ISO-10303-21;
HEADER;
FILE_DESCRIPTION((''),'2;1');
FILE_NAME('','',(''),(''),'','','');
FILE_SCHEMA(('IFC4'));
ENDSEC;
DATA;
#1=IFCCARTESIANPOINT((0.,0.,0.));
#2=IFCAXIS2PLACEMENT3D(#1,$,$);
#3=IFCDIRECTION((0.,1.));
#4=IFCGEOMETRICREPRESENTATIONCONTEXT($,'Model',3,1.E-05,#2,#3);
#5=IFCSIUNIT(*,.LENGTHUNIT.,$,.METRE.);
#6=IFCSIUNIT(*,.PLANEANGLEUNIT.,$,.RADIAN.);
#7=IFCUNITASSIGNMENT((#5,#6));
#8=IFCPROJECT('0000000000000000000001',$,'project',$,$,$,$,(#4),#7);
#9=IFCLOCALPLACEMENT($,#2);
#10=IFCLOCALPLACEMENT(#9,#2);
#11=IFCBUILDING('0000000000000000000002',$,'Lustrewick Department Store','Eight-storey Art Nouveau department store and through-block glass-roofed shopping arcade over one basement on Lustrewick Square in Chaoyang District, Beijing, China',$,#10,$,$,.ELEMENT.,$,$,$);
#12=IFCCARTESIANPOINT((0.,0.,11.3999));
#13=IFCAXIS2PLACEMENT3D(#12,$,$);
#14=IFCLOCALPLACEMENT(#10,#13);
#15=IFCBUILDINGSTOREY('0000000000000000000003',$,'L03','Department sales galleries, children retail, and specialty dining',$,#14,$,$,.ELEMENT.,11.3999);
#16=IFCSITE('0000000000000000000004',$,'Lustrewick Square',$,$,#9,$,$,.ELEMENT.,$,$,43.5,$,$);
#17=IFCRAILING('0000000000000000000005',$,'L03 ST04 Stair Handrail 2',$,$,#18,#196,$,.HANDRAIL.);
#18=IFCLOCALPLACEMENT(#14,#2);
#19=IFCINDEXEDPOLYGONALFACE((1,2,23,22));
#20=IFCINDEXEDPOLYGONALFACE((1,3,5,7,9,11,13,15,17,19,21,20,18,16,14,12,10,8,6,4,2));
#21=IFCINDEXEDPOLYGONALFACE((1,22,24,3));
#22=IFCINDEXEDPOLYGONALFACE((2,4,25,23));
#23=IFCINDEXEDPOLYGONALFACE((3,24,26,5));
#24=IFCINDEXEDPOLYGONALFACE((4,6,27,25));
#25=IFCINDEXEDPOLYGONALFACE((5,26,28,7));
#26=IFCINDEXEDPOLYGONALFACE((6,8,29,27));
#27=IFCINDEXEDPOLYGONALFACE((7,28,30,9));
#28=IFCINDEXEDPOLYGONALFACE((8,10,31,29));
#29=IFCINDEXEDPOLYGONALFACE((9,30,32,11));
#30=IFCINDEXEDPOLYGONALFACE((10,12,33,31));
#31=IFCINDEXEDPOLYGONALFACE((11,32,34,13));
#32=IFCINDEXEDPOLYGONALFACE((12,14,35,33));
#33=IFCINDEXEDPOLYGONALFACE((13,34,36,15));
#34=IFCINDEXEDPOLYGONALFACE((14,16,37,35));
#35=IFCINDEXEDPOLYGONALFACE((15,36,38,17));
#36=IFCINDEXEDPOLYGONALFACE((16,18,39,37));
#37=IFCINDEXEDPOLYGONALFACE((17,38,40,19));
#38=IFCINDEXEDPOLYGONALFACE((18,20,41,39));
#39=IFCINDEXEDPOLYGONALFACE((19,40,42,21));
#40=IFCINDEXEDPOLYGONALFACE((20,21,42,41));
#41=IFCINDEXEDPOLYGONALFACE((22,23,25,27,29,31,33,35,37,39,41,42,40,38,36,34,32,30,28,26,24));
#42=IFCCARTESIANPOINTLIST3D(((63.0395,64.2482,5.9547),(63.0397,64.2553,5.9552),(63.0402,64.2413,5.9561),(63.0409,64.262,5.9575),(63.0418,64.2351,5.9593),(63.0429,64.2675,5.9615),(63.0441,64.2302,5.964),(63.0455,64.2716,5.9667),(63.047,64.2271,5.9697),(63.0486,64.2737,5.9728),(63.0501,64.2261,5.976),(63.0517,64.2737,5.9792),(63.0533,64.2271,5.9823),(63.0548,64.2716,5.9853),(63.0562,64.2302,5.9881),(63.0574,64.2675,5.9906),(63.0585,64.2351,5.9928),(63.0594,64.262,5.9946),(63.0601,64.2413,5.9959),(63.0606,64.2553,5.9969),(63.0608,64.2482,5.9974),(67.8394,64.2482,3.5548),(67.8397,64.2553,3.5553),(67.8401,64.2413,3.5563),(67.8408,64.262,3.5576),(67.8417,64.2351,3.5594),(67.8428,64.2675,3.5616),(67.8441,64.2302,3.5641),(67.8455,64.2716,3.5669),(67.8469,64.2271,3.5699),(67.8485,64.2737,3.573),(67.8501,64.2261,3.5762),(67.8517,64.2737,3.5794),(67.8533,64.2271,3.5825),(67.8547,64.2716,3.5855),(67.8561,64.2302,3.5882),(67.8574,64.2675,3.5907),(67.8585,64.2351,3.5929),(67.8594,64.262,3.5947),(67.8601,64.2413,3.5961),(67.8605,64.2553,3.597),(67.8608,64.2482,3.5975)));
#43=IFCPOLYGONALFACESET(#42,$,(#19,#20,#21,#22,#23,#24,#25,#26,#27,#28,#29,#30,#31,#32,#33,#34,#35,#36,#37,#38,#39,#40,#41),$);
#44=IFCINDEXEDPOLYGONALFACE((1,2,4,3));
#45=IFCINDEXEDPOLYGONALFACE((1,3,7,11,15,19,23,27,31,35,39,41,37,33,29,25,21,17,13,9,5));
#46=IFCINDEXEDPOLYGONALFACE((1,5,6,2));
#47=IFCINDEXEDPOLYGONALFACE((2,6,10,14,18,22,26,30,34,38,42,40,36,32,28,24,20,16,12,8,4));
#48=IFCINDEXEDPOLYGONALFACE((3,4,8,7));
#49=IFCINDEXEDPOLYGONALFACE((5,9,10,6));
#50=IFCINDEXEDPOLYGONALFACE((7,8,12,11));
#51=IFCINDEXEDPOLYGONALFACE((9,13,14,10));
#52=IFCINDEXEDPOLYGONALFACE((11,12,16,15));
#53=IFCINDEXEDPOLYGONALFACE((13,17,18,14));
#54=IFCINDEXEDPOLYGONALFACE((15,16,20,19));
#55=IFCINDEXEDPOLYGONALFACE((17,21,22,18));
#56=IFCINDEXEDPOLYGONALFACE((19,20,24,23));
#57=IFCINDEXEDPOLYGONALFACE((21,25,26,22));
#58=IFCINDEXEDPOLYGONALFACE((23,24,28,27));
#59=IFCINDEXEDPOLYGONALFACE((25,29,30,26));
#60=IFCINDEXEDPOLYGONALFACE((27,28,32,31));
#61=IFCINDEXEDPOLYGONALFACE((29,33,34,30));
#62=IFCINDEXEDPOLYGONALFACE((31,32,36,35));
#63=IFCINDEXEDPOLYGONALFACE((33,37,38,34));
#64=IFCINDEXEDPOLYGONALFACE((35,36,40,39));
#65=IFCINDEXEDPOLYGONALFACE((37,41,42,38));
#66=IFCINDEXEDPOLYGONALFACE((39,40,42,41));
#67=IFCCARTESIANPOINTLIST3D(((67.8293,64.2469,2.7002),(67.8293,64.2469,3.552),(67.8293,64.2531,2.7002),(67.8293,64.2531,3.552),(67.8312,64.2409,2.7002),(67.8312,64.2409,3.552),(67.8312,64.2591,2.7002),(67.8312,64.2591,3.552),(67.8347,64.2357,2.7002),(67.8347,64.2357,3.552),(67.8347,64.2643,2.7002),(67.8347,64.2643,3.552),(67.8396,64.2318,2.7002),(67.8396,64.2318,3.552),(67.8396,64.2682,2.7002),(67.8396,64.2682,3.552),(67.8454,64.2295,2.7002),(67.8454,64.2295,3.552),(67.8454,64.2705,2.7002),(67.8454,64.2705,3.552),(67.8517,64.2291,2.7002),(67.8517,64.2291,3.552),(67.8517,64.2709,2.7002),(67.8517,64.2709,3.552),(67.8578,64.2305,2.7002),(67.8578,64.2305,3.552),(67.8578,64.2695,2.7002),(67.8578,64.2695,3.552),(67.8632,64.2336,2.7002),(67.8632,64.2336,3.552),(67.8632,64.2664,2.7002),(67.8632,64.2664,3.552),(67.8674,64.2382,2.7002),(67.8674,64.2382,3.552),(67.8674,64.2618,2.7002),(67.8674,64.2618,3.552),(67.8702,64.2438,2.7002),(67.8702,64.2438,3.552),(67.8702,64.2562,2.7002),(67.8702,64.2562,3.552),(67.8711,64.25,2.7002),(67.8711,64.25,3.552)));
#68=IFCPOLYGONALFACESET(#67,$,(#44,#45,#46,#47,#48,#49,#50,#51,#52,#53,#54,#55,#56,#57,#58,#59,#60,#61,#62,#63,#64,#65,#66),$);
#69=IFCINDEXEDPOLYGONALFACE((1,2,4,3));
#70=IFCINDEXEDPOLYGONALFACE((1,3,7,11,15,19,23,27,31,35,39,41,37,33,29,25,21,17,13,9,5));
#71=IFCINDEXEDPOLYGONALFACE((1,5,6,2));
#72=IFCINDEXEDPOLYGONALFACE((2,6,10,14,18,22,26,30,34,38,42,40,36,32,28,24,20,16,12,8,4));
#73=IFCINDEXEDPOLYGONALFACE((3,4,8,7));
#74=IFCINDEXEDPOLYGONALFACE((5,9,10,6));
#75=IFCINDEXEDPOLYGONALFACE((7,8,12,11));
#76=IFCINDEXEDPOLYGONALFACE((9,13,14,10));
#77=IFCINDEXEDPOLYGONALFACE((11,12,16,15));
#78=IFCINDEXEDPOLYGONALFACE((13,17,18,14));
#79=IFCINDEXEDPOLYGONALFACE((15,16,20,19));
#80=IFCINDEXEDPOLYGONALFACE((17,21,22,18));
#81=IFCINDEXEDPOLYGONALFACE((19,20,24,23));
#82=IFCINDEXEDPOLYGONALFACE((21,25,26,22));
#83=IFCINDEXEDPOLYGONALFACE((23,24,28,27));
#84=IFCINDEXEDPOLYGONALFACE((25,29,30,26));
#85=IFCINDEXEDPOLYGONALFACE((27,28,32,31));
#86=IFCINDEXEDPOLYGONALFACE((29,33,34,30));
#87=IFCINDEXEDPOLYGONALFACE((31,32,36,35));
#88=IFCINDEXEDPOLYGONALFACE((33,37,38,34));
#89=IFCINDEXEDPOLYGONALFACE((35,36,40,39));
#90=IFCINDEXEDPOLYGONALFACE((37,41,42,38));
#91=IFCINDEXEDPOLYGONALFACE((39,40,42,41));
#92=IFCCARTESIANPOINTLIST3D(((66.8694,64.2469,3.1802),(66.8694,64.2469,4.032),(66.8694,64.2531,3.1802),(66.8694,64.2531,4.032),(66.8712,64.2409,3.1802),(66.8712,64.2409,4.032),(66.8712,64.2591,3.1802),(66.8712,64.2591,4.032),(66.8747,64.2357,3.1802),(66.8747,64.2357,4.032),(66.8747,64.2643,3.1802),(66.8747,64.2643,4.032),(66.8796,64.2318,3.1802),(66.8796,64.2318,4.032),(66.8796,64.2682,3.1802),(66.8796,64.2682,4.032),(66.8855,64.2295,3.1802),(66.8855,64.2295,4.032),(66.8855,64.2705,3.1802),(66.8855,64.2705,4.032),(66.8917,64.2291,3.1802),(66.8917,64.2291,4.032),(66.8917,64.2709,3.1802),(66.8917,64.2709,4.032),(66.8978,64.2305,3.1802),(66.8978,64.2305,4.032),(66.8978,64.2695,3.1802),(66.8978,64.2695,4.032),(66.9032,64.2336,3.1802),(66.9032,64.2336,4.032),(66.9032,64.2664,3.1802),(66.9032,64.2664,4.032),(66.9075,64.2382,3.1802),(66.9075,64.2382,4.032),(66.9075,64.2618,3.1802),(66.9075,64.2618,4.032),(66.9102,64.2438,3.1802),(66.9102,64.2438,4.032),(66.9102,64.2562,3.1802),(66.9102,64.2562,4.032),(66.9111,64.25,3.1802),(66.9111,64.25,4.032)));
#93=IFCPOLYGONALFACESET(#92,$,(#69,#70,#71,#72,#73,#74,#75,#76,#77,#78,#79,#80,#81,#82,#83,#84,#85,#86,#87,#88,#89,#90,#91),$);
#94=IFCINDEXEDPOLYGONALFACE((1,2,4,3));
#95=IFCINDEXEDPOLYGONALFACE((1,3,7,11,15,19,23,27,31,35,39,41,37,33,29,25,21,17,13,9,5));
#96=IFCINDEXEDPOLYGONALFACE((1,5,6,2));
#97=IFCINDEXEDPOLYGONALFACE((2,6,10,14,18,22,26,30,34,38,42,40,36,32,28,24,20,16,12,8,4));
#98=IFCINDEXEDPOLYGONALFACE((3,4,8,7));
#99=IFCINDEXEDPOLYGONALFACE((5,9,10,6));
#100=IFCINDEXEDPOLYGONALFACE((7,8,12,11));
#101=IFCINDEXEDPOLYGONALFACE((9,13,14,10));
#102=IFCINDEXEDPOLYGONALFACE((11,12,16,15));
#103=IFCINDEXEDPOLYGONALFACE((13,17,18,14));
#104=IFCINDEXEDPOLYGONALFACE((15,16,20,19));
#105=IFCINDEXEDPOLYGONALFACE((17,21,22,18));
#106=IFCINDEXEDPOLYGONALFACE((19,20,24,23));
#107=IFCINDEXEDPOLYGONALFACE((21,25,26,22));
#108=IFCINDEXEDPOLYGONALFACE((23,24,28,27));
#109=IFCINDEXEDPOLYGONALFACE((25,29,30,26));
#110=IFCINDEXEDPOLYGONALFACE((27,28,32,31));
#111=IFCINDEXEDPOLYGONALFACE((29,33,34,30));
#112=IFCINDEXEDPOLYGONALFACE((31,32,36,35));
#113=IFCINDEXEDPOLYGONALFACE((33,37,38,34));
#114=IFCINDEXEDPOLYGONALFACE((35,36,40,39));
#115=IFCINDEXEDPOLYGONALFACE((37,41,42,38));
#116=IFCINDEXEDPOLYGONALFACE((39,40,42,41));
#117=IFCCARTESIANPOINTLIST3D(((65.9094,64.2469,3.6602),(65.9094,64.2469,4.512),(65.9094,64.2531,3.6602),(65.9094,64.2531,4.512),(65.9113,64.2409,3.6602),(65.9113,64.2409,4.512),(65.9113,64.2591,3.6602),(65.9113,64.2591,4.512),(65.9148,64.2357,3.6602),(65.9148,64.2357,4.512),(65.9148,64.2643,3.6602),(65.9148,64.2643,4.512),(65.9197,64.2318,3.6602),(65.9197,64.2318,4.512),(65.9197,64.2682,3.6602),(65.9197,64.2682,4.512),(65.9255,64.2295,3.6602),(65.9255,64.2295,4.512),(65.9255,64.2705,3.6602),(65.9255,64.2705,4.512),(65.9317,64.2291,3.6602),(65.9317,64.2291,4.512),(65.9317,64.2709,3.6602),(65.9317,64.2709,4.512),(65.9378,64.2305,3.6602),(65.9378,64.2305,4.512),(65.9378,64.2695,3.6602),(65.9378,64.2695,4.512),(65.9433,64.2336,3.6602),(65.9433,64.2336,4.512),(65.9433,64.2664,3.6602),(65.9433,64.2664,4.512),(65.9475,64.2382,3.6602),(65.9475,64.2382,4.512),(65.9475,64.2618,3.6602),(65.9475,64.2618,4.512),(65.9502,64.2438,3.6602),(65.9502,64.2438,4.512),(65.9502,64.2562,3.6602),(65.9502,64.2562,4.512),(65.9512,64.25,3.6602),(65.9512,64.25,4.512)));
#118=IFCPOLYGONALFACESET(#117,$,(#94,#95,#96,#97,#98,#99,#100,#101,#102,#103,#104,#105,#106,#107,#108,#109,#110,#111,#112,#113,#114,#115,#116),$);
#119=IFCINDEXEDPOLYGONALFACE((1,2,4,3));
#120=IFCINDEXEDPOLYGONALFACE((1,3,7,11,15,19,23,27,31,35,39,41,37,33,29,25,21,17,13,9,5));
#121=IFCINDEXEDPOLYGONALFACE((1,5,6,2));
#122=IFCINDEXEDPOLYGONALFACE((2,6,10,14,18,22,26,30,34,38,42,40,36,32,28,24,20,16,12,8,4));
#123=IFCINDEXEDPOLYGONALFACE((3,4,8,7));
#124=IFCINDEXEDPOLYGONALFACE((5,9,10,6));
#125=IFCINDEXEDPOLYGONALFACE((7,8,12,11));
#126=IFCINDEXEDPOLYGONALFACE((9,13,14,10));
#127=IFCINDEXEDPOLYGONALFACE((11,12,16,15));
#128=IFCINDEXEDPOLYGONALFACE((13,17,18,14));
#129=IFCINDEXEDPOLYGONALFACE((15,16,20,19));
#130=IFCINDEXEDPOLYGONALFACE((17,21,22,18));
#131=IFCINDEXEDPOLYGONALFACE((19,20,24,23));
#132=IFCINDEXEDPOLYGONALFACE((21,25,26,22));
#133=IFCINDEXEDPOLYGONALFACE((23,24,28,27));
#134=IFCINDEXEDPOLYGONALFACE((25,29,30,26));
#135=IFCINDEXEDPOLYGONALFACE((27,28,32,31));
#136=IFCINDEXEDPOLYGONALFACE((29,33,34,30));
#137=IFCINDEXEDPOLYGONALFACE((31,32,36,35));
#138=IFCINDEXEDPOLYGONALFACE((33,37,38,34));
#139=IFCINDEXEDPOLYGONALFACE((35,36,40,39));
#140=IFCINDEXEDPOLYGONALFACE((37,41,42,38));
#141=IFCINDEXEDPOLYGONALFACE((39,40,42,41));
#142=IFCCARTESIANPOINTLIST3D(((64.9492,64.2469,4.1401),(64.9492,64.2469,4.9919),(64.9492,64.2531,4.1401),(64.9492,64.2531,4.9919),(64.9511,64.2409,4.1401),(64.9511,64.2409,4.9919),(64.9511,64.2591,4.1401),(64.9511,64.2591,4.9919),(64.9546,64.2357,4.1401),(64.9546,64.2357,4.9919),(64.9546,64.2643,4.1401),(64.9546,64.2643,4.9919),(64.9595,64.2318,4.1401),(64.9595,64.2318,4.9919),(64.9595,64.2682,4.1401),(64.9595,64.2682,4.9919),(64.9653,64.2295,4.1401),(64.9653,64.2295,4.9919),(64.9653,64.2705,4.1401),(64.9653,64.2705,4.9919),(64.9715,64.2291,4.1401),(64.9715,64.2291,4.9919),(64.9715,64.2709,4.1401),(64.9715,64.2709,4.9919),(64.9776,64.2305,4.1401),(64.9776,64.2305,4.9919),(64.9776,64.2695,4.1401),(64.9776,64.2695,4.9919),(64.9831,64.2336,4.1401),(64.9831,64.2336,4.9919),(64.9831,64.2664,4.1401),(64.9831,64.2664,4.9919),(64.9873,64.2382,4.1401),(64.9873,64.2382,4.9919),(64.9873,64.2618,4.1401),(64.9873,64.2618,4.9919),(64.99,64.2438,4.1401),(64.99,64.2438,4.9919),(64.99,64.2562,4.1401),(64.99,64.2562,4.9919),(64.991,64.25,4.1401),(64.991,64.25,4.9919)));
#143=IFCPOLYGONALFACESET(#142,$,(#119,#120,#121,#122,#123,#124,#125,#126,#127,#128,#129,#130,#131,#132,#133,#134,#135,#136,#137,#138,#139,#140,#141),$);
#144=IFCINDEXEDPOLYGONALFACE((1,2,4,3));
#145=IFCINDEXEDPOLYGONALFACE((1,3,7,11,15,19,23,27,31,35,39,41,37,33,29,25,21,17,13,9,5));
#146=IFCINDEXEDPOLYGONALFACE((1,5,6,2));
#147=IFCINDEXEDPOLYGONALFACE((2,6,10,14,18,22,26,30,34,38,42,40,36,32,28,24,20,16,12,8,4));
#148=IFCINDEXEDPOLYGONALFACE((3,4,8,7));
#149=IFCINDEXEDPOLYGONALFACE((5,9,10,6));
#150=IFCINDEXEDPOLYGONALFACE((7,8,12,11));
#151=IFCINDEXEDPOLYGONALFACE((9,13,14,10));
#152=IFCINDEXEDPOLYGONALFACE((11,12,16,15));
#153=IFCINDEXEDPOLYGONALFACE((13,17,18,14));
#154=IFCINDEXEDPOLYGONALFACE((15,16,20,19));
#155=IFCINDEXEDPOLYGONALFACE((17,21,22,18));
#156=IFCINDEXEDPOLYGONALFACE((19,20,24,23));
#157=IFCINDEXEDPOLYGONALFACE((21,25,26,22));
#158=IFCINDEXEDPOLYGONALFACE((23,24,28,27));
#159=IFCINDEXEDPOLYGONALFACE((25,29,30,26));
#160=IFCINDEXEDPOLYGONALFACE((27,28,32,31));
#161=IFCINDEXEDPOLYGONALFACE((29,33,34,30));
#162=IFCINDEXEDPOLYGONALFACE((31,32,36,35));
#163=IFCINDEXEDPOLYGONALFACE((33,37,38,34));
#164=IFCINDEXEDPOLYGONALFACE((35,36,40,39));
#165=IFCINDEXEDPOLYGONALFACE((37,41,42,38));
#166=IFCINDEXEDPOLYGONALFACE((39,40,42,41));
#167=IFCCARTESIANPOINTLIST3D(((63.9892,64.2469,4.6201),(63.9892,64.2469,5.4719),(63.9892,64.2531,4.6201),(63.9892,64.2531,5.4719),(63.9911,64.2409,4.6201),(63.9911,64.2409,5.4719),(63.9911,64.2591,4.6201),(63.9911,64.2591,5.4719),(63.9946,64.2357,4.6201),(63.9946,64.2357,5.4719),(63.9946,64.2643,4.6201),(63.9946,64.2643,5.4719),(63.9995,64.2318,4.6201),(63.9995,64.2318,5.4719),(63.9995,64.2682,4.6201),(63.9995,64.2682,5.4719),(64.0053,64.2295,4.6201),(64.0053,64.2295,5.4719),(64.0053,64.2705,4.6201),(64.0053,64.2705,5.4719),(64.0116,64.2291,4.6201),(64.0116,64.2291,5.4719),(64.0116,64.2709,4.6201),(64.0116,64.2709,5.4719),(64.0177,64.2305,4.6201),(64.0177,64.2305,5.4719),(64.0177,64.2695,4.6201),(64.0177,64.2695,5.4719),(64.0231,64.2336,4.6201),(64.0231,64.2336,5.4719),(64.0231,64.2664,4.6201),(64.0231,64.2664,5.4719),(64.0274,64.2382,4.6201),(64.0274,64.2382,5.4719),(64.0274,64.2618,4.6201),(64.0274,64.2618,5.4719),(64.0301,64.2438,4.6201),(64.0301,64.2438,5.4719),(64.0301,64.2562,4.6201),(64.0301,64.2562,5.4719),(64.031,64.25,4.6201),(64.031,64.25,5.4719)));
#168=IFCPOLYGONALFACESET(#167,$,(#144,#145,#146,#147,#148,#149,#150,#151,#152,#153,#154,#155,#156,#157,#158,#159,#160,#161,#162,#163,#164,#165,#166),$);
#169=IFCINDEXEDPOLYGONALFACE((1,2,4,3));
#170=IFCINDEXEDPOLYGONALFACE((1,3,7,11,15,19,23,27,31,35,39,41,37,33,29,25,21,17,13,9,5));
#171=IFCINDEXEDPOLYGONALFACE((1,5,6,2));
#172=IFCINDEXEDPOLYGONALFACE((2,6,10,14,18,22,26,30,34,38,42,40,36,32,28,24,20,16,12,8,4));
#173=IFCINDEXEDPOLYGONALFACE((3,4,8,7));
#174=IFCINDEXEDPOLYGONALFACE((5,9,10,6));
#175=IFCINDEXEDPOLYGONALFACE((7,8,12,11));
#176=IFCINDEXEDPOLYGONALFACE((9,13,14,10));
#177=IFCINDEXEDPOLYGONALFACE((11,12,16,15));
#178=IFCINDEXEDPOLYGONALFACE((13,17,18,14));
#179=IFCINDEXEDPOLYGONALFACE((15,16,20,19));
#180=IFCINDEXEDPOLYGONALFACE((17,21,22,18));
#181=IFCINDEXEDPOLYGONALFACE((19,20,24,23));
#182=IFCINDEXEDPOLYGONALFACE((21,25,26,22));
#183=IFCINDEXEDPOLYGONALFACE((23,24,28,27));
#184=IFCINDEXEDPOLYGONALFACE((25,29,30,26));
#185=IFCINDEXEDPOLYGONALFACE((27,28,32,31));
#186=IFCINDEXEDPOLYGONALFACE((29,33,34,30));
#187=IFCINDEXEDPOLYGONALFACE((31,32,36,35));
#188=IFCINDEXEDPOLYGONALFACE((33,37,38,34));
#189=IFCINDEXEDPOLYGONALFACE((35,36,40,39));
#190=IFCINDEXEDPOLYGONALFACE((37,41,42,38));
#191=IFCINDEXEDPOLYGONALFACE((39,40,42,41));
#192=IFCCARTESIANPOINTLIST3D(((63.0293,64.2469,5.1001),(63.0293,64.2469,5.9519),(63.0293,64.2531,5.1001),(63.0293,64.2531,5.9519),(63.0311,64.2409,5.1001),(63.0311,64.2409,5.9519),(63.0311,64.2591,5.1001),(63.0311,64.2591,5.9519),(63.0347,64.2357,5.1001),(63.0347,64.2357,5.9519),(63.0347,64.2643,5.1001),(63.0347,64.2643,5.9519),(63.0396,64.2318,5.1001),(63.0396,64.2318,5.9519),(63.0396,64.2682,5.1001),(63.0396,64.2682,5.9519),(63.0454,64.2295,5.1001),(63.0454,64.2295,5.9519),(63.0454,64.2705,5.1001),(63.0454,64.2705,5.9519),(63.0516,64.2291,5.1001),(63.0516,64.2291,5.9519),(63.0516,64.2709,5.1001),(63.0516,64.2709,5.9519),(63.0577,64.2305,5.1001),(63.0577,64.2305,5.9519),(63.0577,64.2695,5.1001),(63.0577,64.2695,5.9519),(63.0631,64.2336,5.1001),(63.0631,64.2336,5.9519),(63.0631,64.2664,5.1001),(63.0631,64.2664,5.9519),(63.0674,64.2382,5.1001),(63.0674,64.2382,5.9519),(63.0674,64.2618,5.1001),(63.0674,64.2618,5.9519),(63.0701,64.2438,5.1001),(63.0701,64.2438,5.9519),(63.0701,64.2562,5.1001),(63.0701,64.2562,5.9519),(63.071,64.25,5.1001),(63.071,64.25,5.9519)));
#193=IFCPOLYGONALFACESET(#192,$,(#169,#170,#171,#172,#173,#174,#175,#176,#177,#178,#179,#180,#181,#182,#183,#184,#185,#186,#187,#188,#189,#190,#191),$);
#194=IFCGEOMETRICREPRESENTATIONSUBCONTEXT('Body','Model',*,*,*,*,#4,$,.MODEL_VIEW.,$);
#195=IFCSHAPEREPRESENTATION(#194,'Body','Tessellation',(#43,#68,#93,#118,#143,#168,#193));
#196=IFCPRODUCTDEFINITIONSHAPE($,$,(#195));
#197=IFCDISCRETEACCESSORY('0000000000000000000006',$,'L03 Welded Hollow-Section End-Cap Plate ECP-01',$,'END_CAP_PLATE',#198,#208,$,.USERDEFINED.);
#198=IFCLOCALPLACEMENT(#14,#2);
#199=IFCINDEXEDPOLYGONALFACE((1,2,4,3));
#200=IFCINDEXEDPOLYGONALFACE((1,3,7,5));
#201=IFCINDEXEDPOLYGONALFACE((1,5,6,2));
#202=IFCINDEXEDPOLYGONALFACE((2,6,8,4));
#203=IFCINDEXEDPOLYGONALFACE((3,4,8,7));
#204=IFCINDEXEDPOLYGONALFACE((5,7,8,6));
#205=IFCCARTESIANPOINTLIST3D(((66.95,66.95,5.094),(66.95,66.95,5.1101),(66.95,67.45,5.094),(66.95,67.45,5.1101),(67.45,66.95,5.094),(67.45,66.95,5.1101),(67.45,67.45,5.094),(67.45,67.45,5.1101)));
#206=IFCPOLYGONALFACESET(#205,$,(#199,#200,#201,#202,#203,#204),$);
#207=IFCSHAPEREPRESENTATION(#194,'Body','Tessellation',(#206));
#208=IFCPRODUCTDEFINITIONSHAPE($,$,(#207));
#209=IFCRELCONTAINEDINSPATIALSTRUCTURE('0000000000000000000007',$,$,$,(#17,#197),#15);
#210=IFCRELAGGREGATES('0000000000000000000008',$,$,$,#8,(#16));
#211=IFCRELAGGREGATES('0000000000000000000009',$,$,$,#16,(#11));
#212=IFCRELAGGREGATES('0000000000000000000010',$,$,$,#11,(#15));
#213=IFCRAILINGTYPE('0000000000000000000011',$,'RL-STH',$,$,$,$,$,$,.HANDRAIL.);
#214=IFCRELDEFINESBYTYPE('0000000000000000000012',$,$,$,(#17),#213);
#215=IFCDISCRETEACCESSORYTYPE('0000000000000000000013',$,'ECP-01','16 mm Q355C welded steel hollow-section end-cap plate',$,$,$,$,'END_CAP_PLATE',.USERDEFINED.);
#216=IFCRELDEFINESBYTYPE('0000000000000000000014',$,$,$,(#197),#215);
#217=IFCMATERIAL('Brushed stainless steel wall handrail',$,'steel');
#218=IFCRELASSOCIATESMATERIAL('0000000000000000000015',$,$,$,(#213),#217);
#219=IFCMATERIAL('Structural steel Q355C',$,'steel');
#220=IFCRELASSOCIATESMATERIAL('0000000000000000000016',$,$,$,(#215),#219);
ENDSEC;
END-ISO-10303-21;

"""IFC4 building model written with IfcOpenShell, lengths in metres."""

from ifc_helpers import new_model, si_unit, direction, frame, origin, origin_2d, place, context, subcontext, project, spatial, rectangle, circle, extrude, material, type_object, element, save


model = new_model("IFC4")

# Units and contexts
model_context = context("Model", 3, precision=1e-05, world=origin(), true_north=direction((0.0, 1.0)))
body_context = subcontext(model_context, "Body", "Model", "MODEL_VIEW")
ifc_project = project(units=[si_unit("LENGTHUNIT", "METRE"), si_unit("PLANEANGLEUNIT", "RADIAN")], contexts=[model_context])

# Site, building, storey
site_placement = place(None, origin())
site = spatial("IfcSite", under=ifc_project, at=site_placement, Name="Lustrewick Square", CompositionType="ELEMENT", RefElevation=43.5)
building_placement = place(site_placement, origin())
building = spatial("IfcBuilding", under=site, at=building_placement, Name="Lustrewick Department Store", Description="Eight-storey Art Nouveau department store and through-block glass-roofed shopping arcade over one basement on Lustrewick Square in Chaoyang District, Beijing, China", CompositionType="ELEMENT")
storey_placement = place(building_placement, frame((0.0, 0.0, 11.3999)))
storey = spatial("IfcBuildingStorey", under=building, at=storey_placement, Name="L03", Description="Department sales galleries, children retail, and specialty dining", CompositionType="ELEMENT", Elevation=11.3999)

# Shared definitions
ifc_material_1 = material(Name="Structural steel Q355C", Category="steel")

# Railing
ifc_material_2 = material(Name="Brushed stainless steel wall handrail", Category="steel")
railing_type_1 = type_object("IfcRailingType", Name="RL-STH", PredefinedType="HANDRAIL", material=ifc_material_2)
railing_1_placement = place(storey_placement, frame((67.8501, 64.25, 2.7002)))
element("IfcRailing", 1, at=railing_1_placement, inside=storey, type_object=railing_type_1, Name="L03 ST04 Stair Handrail 2", PredefinedType="HANDRAIL", context=body_context, shape_type="SweptSolid", body=[
    extrude(circle(Radius=0.0239, at=origin_2d()), frame((0.0, 0.0, 0.876), z_axis=(-0.894436, 0.0, 0.447195), x_axis=(0.0, -1.0, 0.0)), (0.0, 0.0, 1.0), 5.3665),
    extrude(circle(Radius=0.021, at=origin_2d()), origin(), (0.0, 0.0, 1.0), 0.8518),
    extrude(circle(Radius=0.021, at=origin_2d()), frame((-0.96, 0.0, 0.48)), (0.0, 0.0, 1.0), 0.8518),
    extrude(circle(Radius=0.021, at=origin_2d()), frame((-1.9199, 0.0, 0.96)), (0.0, 0.0, 1.0), 0.8518),
    extrude(circle(Radius=0.021, at=origin_2d()), frame((-2.8801, 0.0, 1.4399)), (0.0, 0.0, 1.0), 0.8518),
    extrude(circle(Radius=0.021, at=origin_2d()), frame((-3.8401, 0.0, 1.9199)), (0.0, 0.0, 1.0), 0.8518),
    extrude(circle(Radius=0.021, at=origin_2d()), frame((-4.8, 0.0, 2.3999)), (0.0, 0.0, 1.0), 0.8518),
])

# Discrete accessory
discrete_accessory_type = type_object("IfcDiscreteAccessoryType", Name="ECP-01", Description="16 mm Q355C welded steel hollow-section end-cap plate", ElementType="END_CAP_PLATE", PredefinedType="USERDEFINED", material=ifc_material_1)
discrete_accessory_placement = place(storey_placement, frame((67.2, 67.2, 5.094), z_axis=(0.0, 0.0, 1.0), x_axis=(1.0, 0.0, 0.0)))
element("IfcDiscreteAccessory", 2, at=discrete_accessory_placement, inside=storey, type_object=discrete_accessory_type, Name="L03 Welded Hollow-Section End-Cap Plate ECP-01", ObjectType="END_CAP_PLATE", PredefinedType="USERDEFINED", context=body_context, shape_type="SweptSolid", body=[
    extrude(rectangle(XDim=0.5, YDim=0.5, at=origin_2d()), origin(), (0.0, 0.0, 1.0), 0.0161),
])

save(model, "model.ifc")
